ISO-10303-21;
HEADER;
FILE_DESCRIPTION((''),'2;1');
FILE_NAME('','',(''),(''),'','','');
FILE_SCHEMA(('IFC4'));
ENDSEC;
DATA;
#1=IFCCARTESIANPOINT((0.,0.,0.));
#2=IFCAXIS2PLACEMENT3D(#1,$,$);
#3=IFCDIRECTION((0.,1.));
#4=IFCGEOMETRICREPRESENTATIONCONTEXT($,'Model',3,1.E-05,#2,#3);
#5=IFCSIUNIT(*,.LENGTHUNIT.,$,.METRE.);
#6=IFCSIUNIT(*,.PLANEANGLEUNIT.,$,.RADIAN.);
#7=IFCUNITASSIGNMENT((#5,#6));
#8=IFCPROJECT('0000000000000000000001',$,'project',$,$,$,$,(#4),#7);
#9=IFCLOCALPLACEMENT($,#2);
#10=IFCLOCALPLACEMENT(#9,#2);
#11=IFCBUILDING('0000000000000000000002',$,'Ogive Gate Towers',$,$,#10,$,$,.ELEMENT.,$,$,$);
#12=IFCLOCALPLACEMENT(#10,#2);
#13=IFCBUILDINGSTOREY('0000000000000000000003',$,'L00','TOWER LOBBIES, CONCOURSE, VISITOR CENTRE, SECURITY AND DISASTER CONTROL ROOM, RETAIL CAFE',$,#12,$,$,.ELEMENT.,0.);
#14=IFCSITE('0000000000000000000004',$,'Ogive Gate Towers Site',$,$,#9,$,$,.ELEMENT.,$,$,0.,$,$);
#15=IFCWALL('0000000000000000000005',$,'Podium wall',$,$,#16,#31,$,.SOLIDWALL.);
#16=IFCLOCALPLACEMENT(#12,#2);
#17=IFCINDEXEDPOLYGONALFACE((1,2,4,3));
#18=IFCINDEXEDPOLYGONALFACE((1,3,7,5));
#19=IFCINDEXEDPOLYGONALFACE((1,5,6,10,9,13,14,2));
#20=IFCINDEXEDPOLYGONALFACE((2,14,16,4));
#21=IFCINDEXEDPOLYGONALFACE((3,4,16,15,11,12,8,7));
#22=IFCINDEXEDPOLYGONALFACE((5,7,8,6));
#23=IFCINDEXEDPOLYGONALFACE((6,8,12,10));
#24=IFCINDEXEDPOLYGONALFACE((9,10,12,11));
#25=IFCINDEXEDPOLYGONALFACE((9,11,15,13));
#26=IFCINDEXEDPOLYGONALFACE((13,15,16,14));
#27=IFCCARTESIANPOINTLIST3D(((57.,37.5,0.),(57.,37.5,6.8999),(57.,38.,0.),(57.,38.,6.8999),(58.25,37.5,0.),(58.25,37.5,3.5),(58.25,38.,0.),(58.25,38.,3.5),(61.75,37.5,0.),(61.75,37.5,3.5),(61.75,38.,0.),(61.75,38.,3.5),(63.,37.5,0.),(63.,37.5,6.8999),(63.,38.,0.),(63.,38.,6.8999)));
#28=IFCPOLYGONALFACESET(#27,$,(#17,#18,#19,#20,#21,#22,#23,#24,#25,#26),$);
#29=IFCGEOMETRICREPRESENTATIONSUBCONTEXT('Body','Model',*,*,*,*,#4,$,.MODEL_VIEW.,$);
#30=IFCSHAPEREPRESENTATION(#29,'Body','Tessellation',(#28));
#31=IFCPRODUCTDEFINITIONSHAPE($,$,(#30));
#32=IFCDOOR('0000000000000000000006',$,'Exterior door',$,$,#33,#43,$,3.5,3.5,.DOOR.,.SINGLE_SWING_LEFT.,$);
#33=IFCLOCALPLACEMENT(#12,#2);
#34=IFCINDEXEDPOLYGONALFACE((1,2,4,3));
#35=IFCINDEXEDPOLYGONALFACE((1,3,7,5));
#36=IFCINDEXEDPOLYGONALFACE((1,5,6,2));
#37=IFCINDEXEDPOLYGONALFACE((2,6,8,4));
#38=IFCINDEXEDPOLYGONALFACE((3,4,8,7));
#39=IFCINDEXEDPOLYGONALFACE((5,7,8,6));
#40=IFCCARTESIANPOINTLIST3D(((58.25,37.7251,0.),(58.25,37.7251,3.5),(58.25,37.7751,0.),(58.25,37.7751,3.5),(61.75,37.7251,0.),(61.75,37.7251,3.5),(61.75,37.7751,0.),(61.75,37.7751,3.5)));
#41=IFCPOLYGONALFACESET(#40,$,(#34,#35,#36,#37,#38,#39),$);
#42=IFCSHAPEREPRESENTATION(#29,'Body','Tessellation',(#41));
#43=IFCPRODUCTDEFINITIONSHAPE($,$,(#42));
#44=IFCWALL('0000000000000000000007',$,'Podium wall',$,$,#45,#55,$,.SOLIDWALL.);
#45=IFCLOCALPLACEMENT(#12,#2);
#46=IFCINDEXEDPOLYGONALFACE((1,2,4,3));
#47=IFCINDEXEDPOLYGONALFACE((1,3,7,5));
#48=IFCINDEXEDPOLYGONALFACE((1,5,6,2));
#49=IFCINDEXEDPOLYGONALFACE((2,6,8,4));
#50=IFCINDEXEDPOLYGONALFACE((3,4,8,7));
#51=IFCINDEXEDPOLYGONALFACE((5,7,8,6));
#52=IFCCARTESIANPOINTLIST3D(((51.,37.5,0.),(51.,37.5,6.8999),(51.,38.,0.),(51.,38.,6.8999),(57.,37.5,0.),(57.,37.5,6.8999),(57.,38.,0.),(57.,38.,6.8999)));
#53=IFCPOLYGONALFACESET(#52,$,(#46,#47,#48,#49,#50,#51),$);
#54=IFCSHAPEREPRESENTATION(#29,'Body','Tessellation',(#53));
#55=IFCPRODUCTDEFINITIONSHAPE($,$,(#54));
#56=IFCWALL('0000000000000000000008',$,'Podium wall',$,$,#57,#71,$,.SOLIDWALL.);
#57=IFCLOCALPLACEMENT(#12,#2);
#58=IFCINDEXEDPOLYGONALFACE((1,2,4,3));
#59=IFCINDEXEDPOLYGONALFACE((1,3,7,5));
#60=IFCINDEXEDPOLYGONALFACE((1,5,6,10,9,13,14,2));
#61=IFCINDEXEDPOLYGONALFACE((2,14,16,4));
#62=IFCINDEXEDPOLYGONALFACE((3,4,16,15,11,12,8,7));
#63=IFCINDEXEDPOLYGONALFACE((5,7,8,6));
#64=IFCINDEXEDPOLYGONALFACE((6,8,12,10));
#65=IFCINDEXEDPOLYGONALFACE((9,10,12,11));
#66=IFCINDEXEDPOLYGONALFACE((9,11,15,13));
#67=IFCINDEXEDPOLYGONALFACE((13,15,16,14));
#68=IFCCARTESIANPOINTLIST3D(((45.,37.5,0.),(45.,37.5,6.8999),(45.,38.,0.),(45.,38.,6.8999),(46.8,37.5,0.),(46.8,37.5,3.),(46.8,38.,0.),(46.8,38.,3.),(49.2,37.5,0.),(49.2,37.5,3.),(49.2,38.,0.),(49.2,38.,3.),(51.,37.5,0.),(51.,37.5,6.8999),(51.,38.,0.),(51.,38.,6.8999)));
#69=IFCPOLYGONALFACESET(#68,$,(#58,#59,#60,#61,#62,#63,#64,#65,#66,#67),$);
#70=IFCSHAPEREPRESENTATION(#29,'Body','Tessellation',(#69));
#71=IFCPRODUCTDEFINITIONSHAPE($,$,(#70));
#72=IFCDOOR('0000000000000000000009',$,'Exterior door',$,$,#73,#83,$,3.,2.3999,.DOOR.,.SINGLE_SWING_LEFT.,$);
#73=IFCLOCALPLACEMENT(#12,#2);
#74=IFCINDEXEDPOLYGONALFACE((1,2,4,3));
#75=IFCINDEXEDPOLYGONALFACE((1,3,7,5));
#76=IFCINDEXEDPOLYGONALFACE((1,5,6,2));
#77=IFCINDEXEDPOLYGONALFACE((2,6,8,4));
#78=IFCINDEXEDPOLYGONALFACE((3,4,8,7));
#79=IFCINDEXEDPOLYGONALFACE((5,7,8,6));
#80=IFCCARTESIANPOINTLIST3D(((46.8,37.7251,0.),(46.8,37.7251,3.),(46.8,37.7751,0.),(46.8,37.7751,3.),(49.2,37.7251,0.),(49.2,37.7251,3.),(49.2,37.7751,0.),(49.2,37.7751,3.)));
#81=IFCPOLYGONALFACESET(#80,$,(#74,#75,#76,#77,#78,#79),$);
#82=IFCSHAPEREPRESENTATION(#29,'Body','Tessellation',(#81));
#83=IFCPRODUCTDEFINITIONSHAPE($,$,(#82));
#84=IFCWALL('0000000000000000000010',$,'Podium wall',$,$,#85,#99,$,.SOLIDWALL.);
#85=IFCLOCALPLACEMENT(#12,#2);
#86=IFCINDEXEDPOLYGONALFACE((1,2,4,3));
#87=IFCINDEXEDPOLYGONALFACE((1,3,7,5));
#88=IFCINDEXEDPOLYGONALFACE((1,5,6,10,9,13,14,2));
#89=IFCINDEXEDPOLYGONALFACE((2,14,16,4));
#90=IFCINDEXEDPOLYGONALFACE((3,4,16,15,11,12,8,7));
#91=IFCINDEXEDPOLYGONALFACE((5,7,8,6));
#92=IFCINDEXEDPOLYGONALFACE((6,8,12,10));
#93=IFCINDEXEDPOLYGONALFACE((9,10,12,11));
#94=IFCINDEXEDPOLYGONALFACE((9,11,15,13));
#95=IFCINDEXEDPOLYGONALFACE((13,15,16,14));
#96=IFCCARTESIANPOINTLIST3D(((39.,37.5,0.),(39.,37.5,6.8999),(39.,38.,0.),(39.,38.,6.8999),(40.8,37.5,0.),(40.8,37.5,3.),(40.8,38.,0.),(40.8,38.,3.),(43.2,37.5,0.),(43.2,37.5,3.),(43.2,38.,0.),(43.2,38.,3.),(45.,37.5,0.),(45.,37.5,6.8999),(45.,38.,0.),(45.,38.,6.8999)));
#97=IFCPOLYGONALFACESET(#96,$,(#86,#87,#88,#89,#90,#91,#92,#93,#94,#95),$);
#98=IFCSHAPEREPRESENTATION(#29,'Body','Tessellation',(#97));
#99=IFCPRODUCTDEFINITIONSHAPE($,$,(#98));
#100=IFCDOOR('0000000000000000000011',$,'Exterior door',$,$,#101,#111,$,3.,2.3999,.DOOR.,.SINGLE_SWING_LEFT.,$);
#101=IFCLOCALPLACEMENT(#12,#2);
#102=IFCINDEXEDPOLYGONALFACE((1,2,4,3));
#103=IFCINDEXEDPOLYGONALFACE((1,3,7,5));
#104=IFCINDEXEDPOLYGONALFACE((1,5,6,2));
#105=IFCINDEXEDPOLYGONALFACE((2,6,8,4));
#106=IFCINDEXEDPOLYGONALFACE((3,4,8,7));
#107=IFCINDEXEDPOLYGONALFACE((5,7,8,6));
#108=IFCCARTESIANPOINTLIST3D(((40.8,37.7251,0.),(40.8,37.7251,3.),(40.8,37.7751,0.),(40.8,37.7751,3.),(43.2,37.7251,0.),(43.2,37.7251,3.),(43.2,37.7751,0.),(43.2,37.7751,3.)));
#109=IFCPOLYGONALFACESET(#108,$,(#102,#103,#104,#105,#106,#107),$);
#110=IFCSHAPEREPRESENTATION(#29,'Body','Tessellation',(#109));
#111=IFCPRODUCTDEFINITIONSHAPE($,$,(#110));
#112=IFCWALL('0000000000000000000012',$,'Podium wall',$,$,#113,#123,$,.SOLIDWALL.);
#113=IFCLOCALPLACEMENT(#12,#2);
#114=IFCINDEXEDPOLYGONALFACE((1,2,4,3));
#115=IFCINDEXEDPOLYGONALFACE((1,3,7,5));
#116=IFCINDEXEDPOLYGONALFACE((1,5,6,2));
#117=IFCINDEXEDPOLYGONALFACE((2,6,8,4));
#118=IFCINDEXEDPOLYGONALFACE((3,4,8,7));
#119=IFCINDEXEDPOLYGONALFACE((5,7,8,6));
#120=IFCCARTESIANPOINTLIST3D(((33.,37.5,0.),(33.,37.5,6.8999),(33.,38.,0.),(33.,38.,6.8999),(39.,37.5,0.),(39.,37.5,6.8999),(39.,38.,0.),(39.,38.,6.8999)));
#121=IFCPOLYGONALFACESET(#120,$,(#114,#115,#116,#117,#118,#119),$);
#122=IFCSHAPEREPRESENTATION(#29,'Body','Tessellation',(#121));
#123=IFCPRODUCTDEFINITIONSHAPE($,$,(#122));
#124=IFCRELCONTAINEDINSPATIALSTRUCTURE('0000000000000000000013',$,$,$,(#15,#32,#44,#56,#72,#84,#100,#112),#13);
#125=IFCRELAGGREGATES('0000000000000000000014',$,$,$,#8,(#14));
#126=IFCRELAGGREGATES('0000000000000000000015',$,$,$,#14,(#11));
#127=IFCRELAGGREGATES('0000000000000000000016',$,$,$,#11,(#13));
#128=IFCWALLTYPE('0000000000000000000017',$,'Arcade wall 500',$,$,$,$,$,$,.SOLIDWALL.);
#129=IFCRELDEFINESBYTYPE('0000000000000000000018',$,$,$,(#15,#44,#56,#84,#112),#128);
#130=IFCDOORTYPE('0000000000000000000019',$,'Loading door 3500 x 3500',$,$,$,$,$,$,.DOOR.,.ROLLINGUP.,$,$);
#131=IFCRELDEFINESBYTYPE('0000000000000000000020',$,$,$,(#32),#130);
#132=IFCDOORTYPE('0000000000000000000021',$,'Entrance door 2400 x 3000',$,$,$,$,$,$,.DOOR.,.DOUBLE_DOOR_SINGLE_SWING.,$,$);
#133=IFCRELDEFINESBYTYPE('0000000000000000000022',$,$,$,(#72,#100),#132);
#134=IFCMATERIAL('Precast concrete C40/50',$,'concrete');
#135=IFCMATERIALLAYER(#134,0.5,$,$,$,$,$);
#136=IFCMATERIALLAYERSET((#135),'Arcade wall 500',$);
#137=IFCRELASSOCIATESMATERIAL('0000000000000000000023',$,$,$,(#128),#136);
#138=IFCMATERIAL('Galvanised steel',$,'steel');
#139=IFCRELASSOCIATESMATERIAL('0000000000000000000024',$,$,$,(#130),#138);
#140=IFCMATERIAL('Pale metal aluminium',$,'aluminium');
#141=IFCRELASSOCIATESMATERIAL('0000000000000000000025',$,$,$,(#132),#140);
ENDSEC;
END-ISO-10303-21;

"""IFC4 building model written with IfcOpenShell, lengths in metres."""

from ifc_helpers import new_model, si_unit, direction, frame, frame_2d, origin, place, context, subcontext, project, spatial, rectangle, extrude, material, layer, layer_set, type_object, element, fill, save


model = new_model("IFC4")

# Units and contexts
model_context = context("Model", 3, precision=1e-05, world=origin(), true_north=direction((0.0, 1.0)))
body_context = subcontext(model_context, "Body", "Model", "MODEL_VIEW")
ifc_project = project(units=[si_unit("LENGTHUNIT", "METRE"), si_unit("PLANEANGLEUNIT", "RADIAN")], contexts=[model_context])

# Site, building, storey
site_placement = place(None, origin())
site = spatial("IfcSite", under=ifc_project, at=site_placement, Name="Ogive Gate Towers Site", CompositionType="ELEMENT", RefElevation=0.0)
building_placement = place(site_placement, origin())
building = spatial("IfcBuilding", under=site, at=building_placement, Name="Ogive Gate Towers", CompositionType="ELEMENT")
storey_placement = place(building_placement, origin())
storey = spatial("IfcBuildingStorey", under=building, at=storey_placement, Name="L00", Description="TOWER LOBBIES, CONCOURSE, VISITOR CENTRE, SECURITY AND DISASTER CONTROL ROOM, RETAIL CAFE", CompositionType="ELEMENT", Elevation=0.0)

# Shared definitions
ifc_material_1 = material(Name="Precast concrete C40/50", Category="concrete")
ifc_layer = layer(ifc_material_1, 0.5)
ifc_layer_set = layer_set([ifc_layer], Name="Arcade wall 500")
wall_type = type_object("IfcWallType", Name="Arcade wall 500", PredefinedType="SOLIDWALL", material=ifc_layer_set)

# Wall, opening, door
wall_1_placement = place(storey_placement, frame((63.0, 37.75, 0.0), z_axis=(0.0, 0.0, 1.0), x_axis=(-1.0, 0.0, 0.0)))
wall_1 = element("IfcWall", 1, at=wall_1_placement, inside=storey, type_object=wall_type, Name="Podium wall", PredefinedType="SOLIDWALL", context=body_context, shape_type="SweptSolid", body=[
    extrude(rectangle(XDim=6.0, YDim=0.5, at=frame_2d((3.0, 0.0))), origin(), (0.0, 0.0, 1.0), 6.8999),
])
opening_1_placement = place(wall_1_placement, frame((1.25, 0.0, 0.0)))
opening_1 = element("IfcOpeningElement", 2, at=opening_1_placement, cuts=wall_1, PredefinedType="OPENING", context=body_context, shape_type="SweptSolid", body=[
    extrude(rectangle(XDim=3.5, YDim=3.5, at=frame_2d((1.75, 1.75))), frame((0.0, 0.26, 0.0), z_axis=(0.0, -1.0, 0.0), x_axis=(1.0, 0.0, 0.0)), (0.0, 0.0, 1.0), 0.52),
])
ifc_material_2 = material(Name="Galvanised steel", Category="steel")
door_type_1 = type_object("IfcDoorType", Name="Loading door 3500 x 3500", OperationType="ROLLINGUP", PredefinedType="DOOR", material=ifc_material_2)
door_1_placement = place(opening_1_placement, origin())
door_1 = element("IfcDoor", 3, at=door_1_placement, inside=storey, type_object=door_type_1, Name="Exterior door", OperationType="SINGLE_SWING_LEFT", OverallHeight=3.5, OverallWidth=3.5, PredefinedType="DOOR", context=body_context, shape_type="SweptSolid", body=[
    extrude(rectangle(XDim=3.5, YDim=3.5, at=frame_2d((1.75, 1.75))), frame((0.0, 0.0249, 0.0), z_axis=(0.0, -1.0, 0.0), x_axis=(1.0, 0.0, 0.0)), (0.0, 0.0, 1.0), 0.05),
])
fill(opening_1, door_1)

# Wall
wall_2_placement = place(storey_placement, frame((57.0, 37.75, 0.0), z_axis=(0.0, 0.0, 1.0), x_axis=(-1.0, 0.0, 0.0)))
element("IfcWall", 4, at=wall_2_placement, inside=storey, type_object=wall_type, Name="Podium wall", PredefinedType="SOLIDWALL", context=body_context, shape_type="SweptSolid", body=[
    extrude(rectangle(XDim=6.0, YDim=0.5, at=frame_2d((3.0, 0.0))), origin(), (0.0, 0.0, 1.0), 6.8999),
])

# Walls, openings, doors
wall_3_placement = place(storey_placement, frame((51.0, 37.75, 0.0), z_axis=(0.0, 0.0, 1.0), x_axis=(-1.0, 0.0, 0.0)))
wall_3 = element("IfcWall", 5, at=wall_3_placement, inside=storey, type_object=wall_type, Name="Podium wall", PredefinedType="SOLIDWALL", context=body_context, shape_type="SweptSolid", body=[
    extrude(rectangle(XDim=6.0, YDim=0.5, at=frame_2d((3.0, 0.0))), origin(), (0.0, 0.0, 1.0), 6.8999),
])
opening_2_placement = place(wall_3_placement, frame((1.8, 0.0, 0.0)))
opening_2 = element("IfcOpeningElement", 6, at=opening_2_placement, cuts=wall_3, PredefinedType="OPENING", context=body_context, shape_type="SweptSolid", body=[
    extrude(rectangle(XDim=2.3999, YDim=3.0, at=frame_2d((1.2, 1.5))), frame((0.0, 0.26, 0.0), z_axis=(0.0, -1.0, 0.0), x_axis=(1.0, 0.0, 0.0)), (0.0, 0.0, 1.0), 0.52),
])
ifc_material_3 = material(Name="Pale metal aluminium", Category="aluminium")
door_type_2 = type_object("IfcDoorType", Name="Entrance door 2400 x 3000", OperationType="DOUBLE_DOOR_SINGLE_SWING", PredefinedType="DOOR", material=ifc_material_3)
door_2_placement = place(opening_2_placement, origin())
door_2 = element("IfcDoor", 7, at=door_2_placement, inside=storey, type_object=door_type_2, Name="Exterior door", OperationType="SINGLE_SWING_LEFT", OverallHeight=3.0, OverallWidth=2.3999, PredefinedType="DOOR", context=body_context, shape_type="SweptSolid", body=[
    extrude(rectangle(XDim=2.3999, YDim=3.0, at=frame_2d((1.2, 1.5))), frame((0.0, 0.0249, 0.0), z_axis=(0.0, -1.0, 0.0), x_axis=(1.0, 0.0, 0.0)), (0.0, 0.0, 1.0), 0.05),
])
fill(opening_2, door_2)
wall_4_placement = place(storey_placement, frame((45.0, 37.75, 0.0), z_axis=(0.0, 0.0, 1.0), x_axis=(-1.0, 0.0, 0.0)))
wall_4 = element("IfcWall", 8, at=wall_4_placement, inside=storey, type_object=wall_type, Name="Podium wall", PredefinedType="SOLIDWALL", context=body_context, shape_type="SweptSolid", body=[
    extrude(rectangle(XDim=6.0, YDim=0.5, at=frame_2d((3.0, 0.0))), origin(), (0.0, 0.0, 1.0), 6.8999),
])
opening_3_placement = place(wall_4_placement, frame((1.8, 0.0, 0.0)))
opening_3 = element("IfcOpeningElement", 9, at=opening_3_placement, cuts=wall_4, PredefinedType="OPENING", context=body_context, shape_type="SweptSolid", body=[
    extrude(rectangle(XDim=2.3999, YDim=3.0, at=frame_2d((1.2, 1.5))), frame((0.0, 0.26, 0.0), z_axis=(0.0, -1.0, 0.0), x_axis=(1.0, 0.0, 0.0)), (0.0, 0.0, 1.0), 0.52),
])
door_3_placement = place(opening_3_placement, origin())
door_3 = element("IfcDoor", 10, at=door_3_placement, inside=storey, type_object=door_type_2, Name="Exterior door", OperationType="SINGLE_SWING_LEFT", OverallHeight=3.0, OverallWidth=2.3999, PredefinedType="DOOR", context=body_context, shape_type="SweptSolid", body=[
    extrude(rectangle(XDim=2.3999, YDim=3.0, at=frame_2d((1.2, 1.5))), frame((0.0, 0.0249, 0.0), z_axis=(0.0, -1.0, 0.0), x_axis=(1.0, 0.0, 0.0)), (0.0, 0.0, 1.0), 0.05),
])
fill(opening_3, door_3)

# Wall
wall_5_placement = place(storey_placement, frame((39.0, 37.75, 0.0), z_axis=(0.0, 0.0, 1.0), x_axis=(-1.0, 0.0, 0.0)))
element("IfcWall", 11, at=wall_5_placement, inside=storey, type_object=wall_type, Name="Podium wall", PredefinedType="SOLIDWALL", context=body_context, shape_type="SweptSolid", body=[
    extrude(rectangle(XDim=6.0, YDim=0.5, at=frame_2d((3.0, 0.0))), origin(), (0.0, 0.0, 1.0), 6.8999),
])

save(model, "model.ifc")
